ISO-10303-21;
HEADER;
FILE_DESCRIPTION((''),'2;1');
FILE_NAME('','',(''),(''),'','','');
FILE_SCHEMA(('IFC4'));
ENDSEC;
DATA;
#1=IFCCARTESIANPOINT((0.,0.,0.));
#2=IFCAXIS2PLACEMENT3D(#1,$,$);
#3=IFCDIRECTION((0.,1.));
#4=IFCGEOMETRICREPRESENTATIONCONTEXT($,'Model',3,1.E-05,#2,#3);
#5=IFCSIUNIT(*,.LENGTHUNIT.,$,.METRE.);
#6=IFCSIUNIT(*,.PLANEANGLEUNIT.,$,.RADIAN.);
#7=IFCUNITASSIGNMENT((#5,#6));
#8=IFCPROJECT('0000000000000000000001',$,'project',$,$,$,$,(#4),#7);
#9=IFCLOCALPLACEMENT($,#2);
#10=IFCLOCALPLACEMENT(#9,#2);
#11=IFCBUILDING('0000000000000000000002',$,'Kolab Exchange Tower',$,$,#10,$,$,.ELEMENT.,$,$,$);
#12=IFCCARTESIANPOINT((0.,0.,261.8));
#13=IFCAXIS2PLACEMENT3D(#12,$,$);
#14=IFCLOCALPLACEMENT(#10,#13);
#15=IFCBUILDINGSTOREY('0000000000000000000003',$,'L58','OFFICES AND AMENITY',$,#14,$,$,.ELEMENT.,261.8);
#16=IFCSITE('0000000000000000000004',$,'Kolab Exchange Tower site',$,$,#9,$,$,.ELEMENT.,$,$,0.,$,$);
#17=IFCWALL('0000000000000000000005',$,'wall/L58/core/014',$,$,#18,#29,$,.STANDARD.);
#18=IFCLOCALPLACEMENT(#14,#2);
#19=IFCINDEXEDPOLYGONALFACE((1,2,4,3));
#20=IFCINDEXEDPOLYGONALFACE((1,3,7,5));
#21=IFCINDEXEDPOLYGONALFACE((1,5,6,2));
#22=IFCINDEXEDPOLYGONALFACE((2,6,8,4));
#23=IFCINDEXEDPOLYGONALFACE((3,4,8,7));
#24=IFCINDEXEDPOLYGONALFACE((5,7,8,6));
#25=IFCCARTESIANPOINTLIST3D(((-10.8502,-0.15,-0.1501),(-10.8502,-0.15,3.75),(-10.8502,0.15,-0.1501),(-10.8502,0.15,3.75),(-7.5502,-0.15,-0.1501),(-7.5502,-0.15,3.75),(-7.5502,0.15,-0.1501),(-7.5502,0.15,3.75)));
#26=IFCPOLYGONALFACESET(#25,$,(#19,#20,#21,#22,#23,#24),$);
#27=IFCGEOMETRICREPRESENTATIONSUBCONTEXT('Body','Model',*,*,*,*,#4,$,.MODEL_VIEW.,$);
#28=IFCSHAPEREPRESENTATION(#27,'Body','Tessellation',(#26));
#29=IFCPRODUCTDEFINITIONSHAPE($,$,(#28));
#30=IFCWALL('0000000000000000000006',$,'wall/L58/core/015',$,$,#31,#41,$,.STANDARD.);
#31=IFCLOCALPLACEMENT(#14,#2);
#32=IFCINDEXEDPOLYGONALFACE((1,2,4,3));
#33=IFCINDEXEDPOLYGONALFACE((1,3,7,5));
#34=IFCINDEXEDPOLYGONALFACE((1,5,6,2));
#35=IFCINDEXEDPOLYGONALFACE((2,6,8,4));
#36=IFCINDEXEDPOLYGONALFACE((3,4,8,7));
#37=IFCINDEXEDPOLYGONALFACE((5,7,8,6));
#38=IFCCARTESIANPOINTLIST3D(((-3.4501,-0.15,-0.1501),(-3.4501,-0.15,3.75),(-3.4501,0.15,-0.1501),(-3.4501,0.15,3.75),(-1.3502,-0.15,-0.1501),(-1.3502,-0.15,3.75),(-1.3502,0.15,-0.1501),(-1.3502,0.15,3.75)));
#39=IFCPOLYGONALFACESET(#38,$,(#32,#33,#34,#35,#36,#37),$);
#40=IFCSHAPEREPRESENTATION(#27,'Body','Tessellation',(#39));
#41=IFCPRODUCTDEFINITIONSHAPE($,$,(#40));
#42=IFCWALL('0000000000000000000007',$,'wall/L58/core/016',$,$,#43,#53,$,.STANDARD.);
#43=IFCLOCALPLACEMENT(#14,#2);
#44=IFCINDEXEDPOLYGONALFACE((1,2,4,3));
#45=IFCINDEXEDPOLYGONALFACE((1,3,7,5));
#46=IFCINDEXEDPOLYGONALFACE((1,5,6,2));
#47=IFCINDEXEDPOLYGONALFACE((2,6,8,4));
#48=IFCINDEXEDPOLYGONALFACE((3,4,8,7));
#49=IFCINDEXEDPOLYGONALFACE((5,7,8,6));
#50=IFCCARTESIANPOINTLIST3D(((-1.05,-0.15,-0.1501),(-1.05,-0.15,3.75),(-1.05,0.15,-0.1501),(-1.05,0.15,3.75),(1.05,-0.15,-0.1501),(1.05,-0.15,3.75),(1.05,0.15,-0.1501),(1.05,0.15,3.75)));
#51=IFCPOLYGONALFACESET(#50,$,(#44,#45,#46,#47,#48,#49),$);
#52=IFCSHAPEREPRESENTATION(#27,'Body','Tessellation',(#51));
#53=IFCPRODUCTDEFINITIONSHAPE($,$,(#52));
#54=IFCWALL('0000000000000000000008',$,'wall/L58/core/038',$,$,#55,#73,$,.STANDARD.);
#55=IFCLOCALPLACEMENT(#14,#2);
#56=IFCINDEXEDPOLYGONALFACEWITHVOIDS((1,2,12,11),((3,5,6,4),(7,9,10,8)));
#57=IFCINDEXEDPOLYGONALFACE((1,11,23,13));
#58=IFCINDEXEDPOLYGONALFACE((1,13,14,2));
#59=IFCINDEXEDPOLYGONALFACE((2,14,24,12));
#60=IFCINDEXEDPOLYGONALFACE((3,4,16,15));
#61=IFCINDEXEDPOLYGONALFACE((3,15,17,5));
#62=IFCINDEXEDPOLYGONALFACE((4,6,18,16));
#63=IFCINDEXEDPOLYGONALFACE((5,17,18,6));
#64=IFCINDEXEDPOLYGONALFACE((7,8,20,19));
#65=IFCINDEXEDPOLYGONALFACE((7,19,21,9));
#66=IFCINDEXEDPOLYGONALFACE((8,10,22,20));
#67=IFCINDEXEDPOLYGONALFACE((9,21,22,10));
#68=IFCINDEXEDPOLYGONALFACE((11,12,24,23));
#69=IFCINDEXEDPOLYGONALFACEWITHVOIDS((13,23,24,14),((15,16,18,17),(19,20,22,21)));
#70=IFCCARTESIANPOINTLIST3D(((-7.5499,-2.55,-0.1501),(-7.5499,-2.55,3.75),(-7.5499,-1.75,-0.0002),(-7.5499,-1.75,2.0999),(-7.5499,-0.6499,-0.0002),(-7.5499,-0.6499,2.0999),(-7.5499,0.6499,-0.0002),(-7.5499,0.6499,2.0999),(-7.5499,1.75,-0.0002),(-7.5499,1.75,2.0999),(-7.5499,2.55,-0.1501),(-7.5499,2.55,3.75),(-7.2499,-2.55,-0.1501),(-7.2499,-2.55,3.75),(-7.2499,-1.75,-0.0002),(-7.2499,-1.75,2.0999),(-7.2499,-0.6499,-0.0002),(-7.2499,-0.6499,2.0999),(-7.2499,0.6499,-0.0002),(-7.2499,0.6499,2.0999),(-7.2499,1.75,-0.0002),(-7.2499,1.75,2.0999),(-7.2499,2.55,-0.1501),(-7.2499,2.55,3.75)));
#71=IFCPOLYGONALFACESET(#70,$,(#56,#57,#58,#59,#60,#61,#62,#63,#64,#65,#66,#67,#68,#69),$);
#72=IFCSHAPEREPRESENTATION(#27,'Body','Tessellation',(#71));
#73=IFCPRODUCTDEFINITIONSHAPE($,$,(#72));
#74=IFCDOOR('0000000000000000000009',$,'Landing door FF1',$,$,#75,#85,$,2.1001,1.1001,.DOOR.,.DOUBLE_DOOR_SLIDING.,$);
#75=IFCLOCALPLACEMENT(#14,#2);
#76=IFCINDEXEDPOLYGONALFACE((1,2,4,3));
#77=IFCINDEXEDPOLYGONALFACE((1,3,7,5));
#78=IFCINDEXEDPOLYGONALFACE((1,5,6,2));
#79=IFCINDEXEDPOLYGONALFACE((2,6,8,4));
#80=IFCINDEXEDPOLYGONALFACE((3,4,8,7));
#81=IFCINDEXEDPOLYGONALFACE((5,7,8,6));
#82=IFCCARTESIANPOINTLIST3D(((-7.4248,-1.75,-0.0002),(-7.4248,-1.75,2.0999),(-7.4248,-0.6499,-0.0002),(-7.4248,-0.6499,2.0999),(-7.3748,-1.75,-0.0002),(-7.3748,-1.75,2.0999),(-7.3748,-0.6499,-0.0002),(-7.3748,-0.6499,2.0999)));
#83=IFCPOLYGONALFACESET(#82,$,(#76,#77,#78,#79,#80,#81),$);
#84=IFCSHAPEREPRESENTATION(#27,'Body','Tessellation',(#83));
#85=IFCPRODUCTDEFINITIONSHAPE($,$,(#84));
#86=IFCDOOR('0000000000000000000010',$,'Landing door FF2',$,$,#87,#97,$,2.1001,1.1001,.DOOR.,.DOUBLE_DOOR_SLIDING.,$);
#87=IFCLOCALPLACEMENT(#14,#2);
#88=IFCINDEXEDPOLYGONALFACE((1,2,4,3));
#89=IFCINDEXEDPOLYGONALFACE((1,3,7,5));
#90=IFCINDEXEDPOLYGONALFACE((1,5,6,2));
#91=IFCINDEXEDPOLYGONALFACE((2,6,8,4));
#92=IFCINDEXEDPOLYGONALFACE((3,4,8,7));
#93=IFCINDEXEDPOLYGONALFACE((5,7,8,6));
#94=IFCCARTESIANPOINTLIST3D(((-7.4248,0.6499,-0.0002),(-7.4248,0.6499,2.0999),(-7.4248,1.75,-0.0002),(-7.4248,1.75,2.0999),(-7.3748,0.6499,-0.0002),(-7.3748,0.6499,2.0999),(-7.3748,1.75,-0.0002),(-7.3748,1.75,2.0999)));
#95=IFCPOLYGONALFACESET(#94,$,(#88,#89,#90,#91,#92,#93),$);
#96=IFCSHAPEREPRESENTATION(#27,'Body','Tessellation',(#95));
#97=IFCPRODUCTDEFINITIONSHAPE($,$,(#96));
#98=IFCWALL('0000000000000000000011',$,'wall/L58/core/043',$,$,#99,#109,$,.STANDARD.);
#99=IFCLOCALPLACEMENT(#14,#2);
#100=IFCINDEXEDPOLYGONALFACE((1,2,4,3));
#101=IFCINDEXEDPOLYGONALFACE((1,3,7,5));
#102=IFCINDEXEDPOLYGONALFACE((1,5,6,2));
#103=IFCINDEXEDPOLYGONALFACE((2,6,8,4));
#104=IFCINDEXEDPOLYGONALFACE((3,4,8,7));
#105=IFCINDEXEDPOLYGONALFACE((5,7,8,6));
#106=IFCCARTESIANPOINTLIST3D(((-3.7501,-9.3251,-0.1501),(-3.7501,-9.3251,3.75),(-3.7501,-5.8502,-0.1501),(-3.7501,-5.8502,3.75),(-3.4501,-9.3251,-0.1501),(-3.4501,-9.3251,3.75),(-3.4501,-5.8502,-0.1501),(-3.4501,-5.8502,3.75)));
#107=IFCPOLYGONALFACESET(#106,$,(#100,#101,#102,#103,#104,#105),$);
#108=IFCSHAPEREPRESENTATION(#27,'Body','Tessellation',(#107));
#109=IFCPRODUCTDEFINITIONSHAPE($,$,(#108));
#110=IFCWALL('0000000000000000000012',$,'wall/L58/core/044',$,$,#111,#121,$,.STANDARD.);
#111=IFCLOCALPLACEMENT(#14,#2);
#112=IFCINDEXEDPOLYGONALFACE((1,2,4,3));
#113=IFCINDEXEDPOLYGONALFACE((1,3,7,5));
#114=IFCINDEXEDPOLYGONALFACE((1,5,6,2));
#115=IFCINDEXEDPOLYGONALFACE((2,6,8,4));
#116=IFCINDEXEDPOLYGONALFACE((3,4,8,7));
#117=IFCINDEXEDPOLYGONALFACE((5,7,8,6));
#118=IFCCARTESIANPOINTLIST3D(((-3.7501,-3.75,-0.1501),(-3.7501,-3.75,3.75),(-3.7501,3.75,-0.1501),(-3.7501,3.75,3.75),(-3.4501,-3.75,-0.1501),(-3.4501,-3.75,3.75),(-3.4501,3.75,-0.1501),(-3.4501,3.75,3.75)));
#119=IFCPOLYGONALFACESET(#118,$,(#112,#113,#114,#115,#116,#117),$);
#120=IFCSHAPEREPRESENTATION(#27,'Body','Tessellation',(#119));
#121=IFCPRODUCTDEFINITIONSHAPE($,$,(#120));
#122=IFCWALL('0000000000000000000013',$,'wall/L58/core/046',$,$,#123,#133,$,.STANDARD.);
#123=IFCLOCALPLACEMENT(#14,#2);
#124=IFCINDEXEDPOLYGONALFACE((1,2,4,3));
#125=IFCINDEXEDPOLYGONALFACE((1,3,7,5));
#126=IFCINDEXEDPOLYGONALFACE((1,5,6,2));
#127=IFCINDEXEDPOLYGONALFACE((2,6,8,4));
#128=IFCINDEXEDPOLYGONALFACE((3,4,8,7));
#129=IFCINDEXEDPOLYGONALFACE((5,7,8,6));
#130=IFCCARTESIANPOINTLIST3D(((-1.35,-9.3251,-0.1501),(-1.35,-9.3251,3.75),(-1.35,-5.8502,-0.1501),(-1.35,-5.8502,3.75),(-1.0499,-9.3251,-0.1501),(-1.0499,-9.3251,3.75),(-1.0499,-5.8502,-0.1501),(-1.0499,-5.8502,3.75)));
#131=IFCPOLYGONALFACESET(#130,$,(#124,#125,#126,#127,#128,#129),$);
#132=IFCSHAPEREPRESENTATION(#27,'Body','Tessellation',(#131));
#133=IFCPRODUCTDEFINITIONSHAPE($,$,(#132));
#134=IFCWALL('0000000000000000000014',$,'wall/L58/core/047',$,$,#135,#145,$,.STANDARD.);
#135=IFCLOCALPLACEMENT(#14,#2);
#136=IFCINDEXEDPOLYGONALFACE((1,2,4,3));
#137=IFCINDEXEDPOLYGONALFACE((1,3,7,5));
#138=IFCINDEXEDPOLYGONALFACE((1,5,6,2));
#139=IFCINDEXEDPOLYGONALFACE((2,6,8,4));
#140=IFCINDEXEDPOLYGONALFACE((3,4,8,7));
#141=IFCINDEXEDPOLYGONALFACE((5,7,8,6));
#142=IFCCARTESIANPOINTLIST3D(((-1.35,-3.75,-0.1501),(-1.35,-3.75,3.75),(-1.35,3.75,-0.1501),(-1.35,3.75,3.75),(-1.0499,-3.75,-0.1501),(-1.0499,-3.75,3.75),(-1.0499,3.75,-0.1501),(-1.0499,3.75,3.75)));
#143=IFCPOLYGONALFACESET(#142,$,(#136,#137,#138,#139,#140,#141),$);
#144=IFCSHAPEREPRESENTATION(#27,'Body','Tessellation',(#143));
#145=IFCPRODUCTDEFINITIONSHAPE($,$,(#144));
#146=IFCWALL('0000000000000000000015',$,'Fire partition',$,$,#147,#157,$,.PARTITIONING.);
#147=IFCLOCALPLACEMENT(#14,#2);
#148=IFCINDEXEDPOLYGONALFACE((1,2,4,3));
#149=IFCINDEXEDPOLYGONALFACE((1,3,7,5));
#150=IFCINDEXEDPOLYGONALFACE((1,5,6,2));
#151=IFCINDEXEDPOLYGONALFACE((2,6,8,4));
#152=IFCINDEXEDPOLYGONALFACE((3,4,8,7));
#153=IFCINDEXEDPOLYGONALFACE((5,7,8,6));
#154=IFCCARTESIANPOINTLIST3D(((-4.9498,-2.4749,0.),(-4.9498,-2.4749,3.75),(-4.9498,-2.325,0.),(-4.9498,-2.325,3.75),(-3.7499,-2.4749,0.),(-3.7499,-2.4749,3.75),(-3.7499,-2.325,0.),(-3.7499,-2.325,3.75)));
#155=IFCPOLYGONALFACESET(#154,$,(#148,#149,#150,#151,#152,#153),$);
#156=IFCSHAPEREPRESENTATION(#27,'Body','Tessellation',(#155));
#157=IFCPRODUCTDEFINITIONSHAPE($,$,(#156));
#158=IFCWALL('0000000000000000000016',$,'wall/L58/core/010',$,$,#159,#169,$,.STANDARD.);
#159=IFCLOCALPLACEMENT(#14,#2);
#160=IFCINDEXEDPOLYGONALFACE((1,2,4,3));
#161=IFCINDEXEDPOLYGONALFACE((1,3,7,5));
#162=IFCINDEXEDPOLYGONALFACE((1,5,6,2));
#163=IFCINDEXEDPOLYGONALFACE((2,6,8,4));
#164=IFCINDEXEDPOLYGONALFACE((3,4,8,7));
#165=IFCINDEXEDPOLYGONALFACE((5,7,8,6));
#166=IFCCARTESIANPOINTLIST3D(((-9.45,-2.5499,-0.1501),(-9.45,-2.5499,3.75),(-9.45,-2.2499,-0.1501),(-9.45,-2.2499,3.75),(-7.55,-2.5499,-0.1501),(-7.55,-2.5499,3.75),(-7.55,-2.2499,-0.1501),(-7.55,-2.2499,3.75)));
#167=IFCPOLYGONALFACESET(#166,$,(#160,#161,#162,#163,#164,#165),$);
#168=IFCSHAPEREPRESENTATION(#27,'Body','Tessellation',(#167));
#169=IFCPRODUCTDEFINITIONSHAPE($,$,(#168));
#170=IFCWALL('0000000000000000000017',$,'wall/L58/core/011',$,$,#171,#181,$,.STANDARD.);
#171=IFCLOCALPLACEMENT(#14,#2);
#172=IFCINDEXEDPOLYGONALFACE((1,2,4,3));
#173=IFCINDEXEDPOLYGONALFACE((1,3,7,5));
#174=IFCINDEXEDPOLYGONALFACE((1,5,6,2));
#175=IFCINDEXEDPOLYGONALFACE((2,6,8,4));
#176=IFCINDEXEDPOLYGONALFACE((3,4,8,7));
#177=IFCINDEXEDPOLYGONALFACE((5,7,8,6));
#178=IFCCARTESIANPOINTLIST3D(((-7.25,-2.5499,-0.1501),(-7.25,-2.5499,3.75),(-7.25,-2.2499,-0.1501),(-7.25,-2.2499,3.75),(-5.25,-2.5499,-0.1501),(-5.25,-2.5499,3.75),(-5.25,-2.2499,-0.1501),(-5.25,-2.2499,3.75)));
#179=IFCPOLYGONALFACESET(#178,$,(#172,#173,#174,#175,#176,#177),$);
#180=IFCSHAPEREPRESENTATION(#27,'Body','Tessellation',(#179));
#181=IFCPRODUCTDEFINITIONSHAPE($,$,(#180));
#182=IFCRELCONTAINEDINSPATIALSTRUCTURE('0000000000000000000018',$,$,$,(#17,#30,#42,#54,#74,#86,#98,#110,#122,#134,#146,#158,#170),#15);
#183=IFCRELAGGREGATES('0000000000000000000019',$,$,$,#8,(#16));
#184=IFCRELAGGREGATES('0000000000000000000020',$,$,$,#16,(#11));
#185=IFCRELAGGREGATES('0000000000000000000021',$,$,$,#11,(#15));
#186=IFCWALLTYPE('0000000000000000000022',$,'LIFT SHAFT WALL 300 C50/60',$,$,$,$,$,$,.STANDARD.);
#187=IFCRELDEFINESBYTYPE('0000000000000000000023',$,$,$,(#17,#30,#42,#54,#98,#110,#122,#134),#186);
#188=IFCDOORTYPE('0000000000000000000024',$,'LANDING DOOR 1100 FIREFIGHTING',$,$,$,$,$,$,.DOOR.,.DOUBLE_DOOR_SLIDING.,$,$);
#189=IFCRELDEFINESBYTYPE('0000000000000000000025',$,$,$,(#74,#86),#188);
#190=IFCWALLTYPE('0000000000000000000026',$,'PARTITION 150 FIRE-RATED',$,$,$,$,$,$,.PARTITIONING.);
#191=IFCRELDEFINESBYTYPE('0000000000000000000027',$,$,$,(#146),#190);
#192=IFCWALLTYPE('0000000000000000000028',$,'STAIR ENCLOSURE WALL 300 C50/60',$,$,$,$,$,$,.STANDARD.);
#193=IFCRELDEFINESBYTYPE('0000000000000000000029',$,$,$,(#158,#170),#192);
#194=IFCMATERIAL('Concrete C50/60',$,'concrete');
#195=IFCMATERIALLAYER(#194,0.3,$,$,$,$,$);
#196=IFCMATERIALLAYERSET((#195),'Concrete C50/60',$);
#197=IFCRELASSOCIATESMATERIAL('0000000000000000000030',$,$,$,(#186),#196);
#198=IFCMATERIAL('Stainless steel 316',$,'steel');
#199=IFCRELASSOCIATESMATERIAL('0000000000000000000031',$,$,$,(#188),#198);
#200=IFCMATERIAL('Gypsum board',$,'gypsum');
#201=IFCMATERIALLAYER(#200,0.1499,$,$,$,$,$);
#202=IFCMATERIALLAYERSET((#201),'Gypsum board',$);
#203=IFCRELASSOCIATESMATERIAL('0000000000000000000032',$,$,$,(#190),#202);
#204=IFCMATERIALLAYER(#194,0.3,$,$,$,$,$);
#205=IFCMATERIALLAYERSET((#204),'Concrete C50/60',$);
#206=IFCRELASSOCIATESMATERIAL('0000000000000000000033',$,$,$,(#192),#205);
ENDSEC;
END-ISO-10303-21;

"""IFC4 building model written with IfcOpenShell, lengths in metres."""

from ifc_helpers import new_model, si_unit, direction, frame, frame_2d, origin, place, context, subcontext, project, spatial, rectangle, extrude, material, layer, layer_set, type_object, element, fill, save


model = new_model("IFC4")

# Units and contexts
model_context = context("Model", 3, precision=1e-05, world=origin(), true_north=direction((0.0, 1.0)))
body_context = subcontext(model_context, "Body", "Model", "MODEL_VIEW")
ifc_project = project(units=[si_unit("LENGTHUNIT", "METRE"), si_unit("PLANEANGLEUNIT", "RADIAN")], contexts=[model_context])

# Site, building, storey
site_placement = place(None, origin())
site = spatial("IfcSite", under=ifc_project, at=site_placement, Name="Kolab Exchange Tower site", CompositionType="ELEMENT", RefElevation=0.0)
building_placement = place(site_placement, origin())
building = spatial("IfcBuilding", under=site, at=building_placement, Name="Kolab Exchange Tower", CompositionType="ELEMENT")
storey_placement = place(building_placement, frame((0.0, 0.0, 261.8)))
storey = spatial("IfcBuildingStorey", under=building, at=storey_placement, Name="L58", Description="OFFICES AND AMENITY", CompositionType="ELEMENT", Elevation=261.8)

# Shared definitions
ifc_material_1 = material(Name="Concrete C50/60", Category="concrete")
ifc_layer_1 = layer(ifc_material_1, 0.3)
ifc_layer_set_1 = layer_set([ifc_layer_1], Name="Concrete C50/60")
wall_type_1 = type_object("IfcWallType", Name="LIFT SHAFT WALL 300 C50/60", PredefinedType="STANDARD", material=ifc_layer_set_1)
ifc_material_2 = material(Name="Stainless steel 316", Category="steel")

# Walls
wall_1_placement = place(storey_placement, frame((-10.8501, 0.0, -0.1501), z_axis=(0.0, 0.0, 1.0), x_axis=(1.0, 0.0, 0.0)))
element("IfcWall", 1, at=wall_1_placement, inside=storey, type_object=wall_type_1, Name="wall/L58/core/014", PredefinedType="STANDARD", context=body_context, shape_type="SweptSolid", body=[
    extrude(rectangle(XDim=3.3, YDim=0.3, at=frame_2d((1.6499, 0.0))), origin(), (0.0, 0.0, 1.0), 3.9001),
])
wall_2_placement = place(storey_placement, frame((-3.45, 0.0, -0.1501), z_axis=(0.0, 0.0, 1.0), x_axis=(1.0, 0.0, 0.0)))
element("IfcWall", 2, at=wall_2_placement, inside=storey, type_object=wall_type_1, Name="wall/L58/core/015", PredefinedType="STANDARD", context=body_context, shape_type="SweptSolid", body=[
    extrude(rectangle(XDim=2.0999, YDim=0.3, at=frame_2d((1.0498, 0.0))), origin(), (0.0, 0.0, 1.0), 3.9001),
])
wall_3_placement = place(storey_placement, frame((-1.05, 0.0, -0.1501), z_axis=(0.0, 0.0, 1.0), x_axis=(1.0, 0.0, 0.0)))
element("IfcWall", 3, at=wall_3_placement, inside=storey, type_object=wall_type_1, Name="wall/L58/core/016", PredefinedType="STANDARD", context=body_context, shape_type="SweptSolid", body=[
    extrude(rectangle(XDim=2.1001, YDim=0.3, at=frame_2d((1.05, 0.0))), origin(), (0.0, 0.0, 1.0), 3.9001),
])

# Wall, openings, doors
wall_4_placement = place(storey_placement, frame((-7.3999, -2.55, -0.1501), z_axis=(0.0, 0.0, 1.0), x_axis=(0.0, 1.0, 0.0)))
wall_4 = element("IfcWall", 4, at=wall_4_placement, inside=storey, type_object=wall_type_1, Name="wall/L58/core/038", PredefinedType="STANDARD", context=body_context, shape_type="SweptSolid", body=[
    extrude(rectangle(XDim=5.1001, YDim=0.3, at=frame_2d((2.55, 0.0))), origin(), (0.0, 0.0, 1.0), 3.9001),
])
opening_1_placement = place(wall_4_placement, frame((0.8, 0.0, 0.1499)))
opening_1 = element("IfcOpeningElement", 5, at=opening_1_placement, cuts=wall_4, PredefinedType="OPENING", context=body_context, shape_type="SweptSolid", body=[
    extrude(rectangle(XDim=1.1001, YDim=2.1001, at=frame_2d((0.55, 1.05))), frame((0.0, 0.1602, 0.0), z_axis=(0.0, -1.0, 0.0), x_axis=(1.0, 0.0, 0.0)), (0.0, 0.0, 1.0), 0.3201),
])
opening_2_placement = place(wall_4_placement, frame((3.2, 0.0, 0.1499)))
opening_2 = element("IfcOpeningElement", 6, at=opening_2_placement, cuts=wall_4, PredefinedType="OPENING", context=body_context, shape_type="SweptSolid", body=[
    extrude(rectangle(XDim=1.1001, YDim=2.1001, at=frame_2d((0.55, 1.05))), frame((0.0, 0.1602, 0.0), z_axis=(0.0, -1.0, 0.0), x_axis=(1.0, 0.0, 0.0)), (0.0, 0.0, 1.0), 0.3201),
])
door_type_1 = type_object("IfcDoorType", Name="LANDING DOOR 1100 FIREFIGHTING", OperationType="DOUBLE_DOOR_SLIDING", PredefinedType="DOOR", material=ifc_material_2)
door_1_placement = place(opening_1_placement, origin())
door_1 = element("IfcDoor", 7, at=door_1_placement, inside=storey, type_object=door_type_1, Name="Landing door FF1", OperationType="DOUBLE_DOOR_SLIDING", OverallHeight=2.1001, OverallWidth=1.1001, PredefinedType="DOOR", context=body_context, shape_type="SweptSolid", body=[
    extrude(rectangle(XDim=1.1001, YDim=2.1001, at=frame_2d((0.55, 1.05))), frame((0.0, 0.0249, 0.0), z_axis=(0.0, -1.0, 0.0), x_axis=(1.0, 0.0, 0.0)), (0.0, 0.0, 1.0), 0.05),
])
fill(opening_1, door_1)
door_2_placement = place(opening_2_placement, origin())
door_2 = element("IfcDoor", 8, at=door_2_placement, inside=storey, type_object=door_type_1, Name="Landing door FF2", OperationType="DOUBLE_DOOR_SLIDING", OverallHeight=2.1001, OverallWidth=1.1001, PredefinedType="DOOR", context=body_context, shape_type="SweptSolid", body=[
    extrude(rectangle(XDim=1.1001, YDim=2.1001, at=frame_2d((0.55, 1.05))), frame((0.0, 0.0249, 0.0), z_axis=(0.0, -1.0, 0.0), x_axis=(1.0, 0.0, 0.0)), (0.0, 0.0, 1.0), 0.05),
])
fill(opening_2, door_2)

# Walls
wall_5_placement = place(storey_placement, frame((-3.6001, -9.325, -0.1501), z_axis=(0.0, 0.0, 1.0), x_axis=(0.0, 1.0, 0.0)))
element("IfcWall", 9, at=wall_5_placement, inside=storey, type_object=wall_type_1, Name="wall/L58/core/043", PredefinedType="STANDARD", context=body_context, shape_type="SweptSolid", body=[
    extrude(rectangle(XDim=3.4749, YDim=0.3, at=frame_2d((1.7373, 0.0))), origin(), (0.0, 0.0, 1.0), 3.9001),
])
wall_6_placement = place(storey_placement, frame((-3.6001, -3.75, -0.1501), z_axis=(0.0, 0.0, 1.0), x_axis=(0.0, 1.0, 0.0)))
element("IfcWall", 10, at=wall_6_placement, inside=storey, type_object=wall_type_1, Name="wall/L58/core/044", PredefinedType="STANDARD", context=body_context, shape_type="SweptSolid", body=[
    extrude(rectangle(XDim=7.5, YDim=0.3, at=frame_2d((3.75, 0.0))), origin(), (0.0, 0.0, 1.0), 3.9001),
])
wall_7_placement = place(storey_placement, frame((-1.2, -9.325, -0.1501), z_axis=(0.0, 0.0, 1.0), x_axis=(0.0, 1.0, 0.0)))
element("IfcWall", 11, at=wall_7_placement, inside=storey, type_object=wall_type_1, Name="wall/L58/core/046", PredefinedType="STANDARD", context=body_context, shape_type="SweptSolid", body=[
    extrude(rectangle(XDim=3.4749, YDim=0.3, at=frame_2d((1.7373, 0.0))), origin(), (0.0, 0.0, 1.0), 3.9001),
])
wall_8_placement = place(storey_placement, frame((-1.2, -3.75, -0.1501), z_axis=(0.0, 0.0, 1.0), x_axis=(0.0, 1.0, 0.0)))
element("IfcWall", 12, at=wall_8_placement, inside=storey, type_object=wall_type_1, Name="wall/L58/core/047", PredefinedType="STANDARD", context=body_context, shape_type="SweptSolid", body=[
    extrude(rectangle(XDim=7.5, YDim=0.3, at=frame_2d((3.75, 0.0))), origin(), (0.0, 0.0, 1.0), 3.9001),
])
ifc_material_3 = material(Name="Gypsum board", Category="gypsum")
ifc_layer_2 = layer(ifc_material_3, 0.1499)
ifc_layer_set_2 = layer_set([ifc_layer_2], Name="Gypsum board")
wall_type_2 = type_object("IfcWallType", Name="PARTITION 150 FIRE-RATED", PredefinedType="PARTITIONING", material=ifc_layer_set_2)
wall_9_placement = place(storey_placement, frame((-4.95, -2.3999, 0.0), z_axis=(0.0, 0.0, 1.0), x_axis=(1.0, 0.0, 0.0)))
element("IfcWall", 13, at=wall_9_placement, inside=storey, type_object=wall_type_2, Name="Fire partition", PredefinedType="PARTITIONING", context=body_context, shape_type="SweptSolid", body=[
    extrude(rectangle(XDim=1.2, YDim=0.1499, at=frame_2d((0.6001, 0.0))), origin(), (0.0, 0.0, 1.0), 3.75),
])
ifc_layer_3 = layer(ifc_material_1, 0.3)
ifc_layer_set_3 = layer_set([ifc_layer_3], Name="Concrete C50/60")
wall_type_3 = type_object("IfcWallType", Name="STAIR ENCLOSURE WALL 300 C50/60", PredefinedType="STANDARD", material=ifc_layer_set_3)
wall_10_placement = place(storey_placement, frame((-9.45, -2.3999, -0.1501), z_axis=(0.0, 0.0, 1.0), x_axis=(1.0, 0.0, 0.0)))
element("IfcWall", 14, at=wall_10_placement, inside=storey, type_object=wall_type_3, Name="wall/L58/core/010", PredefinedType="STANDARD", context=body_context, shape_type="SweptSolid", body=[
    extrude(rectangle(XDim=1.8999, YDim=0.3, at=frame_2d((0.95, 0.0))), origin(), (0.0, 0.0, 1.0), 3.9001),
])
wall_11_placement = place(storey_placement, frame((-7.25, -2.3999, -0.1501), z_axis=(0.0, 0.0, 1.0), x_axis=(1.0, 0.0, 0.0)))
element("IfcWall", 15, at=wall_11_placement, inside=storey, type_object=wall_type_3, Name="wall/L58/core/011", PredefinedType="STANDARD", context=body_context, shape_type="SweptSolid", body=[
    extrude(rectangle(XDim=2.0, YDim=0.3, at=frame_2d((1.0, 0.0))), origin(), (0.0, 0.0, 1.0), 3.9001),
])

save(model, "model.ifc")
